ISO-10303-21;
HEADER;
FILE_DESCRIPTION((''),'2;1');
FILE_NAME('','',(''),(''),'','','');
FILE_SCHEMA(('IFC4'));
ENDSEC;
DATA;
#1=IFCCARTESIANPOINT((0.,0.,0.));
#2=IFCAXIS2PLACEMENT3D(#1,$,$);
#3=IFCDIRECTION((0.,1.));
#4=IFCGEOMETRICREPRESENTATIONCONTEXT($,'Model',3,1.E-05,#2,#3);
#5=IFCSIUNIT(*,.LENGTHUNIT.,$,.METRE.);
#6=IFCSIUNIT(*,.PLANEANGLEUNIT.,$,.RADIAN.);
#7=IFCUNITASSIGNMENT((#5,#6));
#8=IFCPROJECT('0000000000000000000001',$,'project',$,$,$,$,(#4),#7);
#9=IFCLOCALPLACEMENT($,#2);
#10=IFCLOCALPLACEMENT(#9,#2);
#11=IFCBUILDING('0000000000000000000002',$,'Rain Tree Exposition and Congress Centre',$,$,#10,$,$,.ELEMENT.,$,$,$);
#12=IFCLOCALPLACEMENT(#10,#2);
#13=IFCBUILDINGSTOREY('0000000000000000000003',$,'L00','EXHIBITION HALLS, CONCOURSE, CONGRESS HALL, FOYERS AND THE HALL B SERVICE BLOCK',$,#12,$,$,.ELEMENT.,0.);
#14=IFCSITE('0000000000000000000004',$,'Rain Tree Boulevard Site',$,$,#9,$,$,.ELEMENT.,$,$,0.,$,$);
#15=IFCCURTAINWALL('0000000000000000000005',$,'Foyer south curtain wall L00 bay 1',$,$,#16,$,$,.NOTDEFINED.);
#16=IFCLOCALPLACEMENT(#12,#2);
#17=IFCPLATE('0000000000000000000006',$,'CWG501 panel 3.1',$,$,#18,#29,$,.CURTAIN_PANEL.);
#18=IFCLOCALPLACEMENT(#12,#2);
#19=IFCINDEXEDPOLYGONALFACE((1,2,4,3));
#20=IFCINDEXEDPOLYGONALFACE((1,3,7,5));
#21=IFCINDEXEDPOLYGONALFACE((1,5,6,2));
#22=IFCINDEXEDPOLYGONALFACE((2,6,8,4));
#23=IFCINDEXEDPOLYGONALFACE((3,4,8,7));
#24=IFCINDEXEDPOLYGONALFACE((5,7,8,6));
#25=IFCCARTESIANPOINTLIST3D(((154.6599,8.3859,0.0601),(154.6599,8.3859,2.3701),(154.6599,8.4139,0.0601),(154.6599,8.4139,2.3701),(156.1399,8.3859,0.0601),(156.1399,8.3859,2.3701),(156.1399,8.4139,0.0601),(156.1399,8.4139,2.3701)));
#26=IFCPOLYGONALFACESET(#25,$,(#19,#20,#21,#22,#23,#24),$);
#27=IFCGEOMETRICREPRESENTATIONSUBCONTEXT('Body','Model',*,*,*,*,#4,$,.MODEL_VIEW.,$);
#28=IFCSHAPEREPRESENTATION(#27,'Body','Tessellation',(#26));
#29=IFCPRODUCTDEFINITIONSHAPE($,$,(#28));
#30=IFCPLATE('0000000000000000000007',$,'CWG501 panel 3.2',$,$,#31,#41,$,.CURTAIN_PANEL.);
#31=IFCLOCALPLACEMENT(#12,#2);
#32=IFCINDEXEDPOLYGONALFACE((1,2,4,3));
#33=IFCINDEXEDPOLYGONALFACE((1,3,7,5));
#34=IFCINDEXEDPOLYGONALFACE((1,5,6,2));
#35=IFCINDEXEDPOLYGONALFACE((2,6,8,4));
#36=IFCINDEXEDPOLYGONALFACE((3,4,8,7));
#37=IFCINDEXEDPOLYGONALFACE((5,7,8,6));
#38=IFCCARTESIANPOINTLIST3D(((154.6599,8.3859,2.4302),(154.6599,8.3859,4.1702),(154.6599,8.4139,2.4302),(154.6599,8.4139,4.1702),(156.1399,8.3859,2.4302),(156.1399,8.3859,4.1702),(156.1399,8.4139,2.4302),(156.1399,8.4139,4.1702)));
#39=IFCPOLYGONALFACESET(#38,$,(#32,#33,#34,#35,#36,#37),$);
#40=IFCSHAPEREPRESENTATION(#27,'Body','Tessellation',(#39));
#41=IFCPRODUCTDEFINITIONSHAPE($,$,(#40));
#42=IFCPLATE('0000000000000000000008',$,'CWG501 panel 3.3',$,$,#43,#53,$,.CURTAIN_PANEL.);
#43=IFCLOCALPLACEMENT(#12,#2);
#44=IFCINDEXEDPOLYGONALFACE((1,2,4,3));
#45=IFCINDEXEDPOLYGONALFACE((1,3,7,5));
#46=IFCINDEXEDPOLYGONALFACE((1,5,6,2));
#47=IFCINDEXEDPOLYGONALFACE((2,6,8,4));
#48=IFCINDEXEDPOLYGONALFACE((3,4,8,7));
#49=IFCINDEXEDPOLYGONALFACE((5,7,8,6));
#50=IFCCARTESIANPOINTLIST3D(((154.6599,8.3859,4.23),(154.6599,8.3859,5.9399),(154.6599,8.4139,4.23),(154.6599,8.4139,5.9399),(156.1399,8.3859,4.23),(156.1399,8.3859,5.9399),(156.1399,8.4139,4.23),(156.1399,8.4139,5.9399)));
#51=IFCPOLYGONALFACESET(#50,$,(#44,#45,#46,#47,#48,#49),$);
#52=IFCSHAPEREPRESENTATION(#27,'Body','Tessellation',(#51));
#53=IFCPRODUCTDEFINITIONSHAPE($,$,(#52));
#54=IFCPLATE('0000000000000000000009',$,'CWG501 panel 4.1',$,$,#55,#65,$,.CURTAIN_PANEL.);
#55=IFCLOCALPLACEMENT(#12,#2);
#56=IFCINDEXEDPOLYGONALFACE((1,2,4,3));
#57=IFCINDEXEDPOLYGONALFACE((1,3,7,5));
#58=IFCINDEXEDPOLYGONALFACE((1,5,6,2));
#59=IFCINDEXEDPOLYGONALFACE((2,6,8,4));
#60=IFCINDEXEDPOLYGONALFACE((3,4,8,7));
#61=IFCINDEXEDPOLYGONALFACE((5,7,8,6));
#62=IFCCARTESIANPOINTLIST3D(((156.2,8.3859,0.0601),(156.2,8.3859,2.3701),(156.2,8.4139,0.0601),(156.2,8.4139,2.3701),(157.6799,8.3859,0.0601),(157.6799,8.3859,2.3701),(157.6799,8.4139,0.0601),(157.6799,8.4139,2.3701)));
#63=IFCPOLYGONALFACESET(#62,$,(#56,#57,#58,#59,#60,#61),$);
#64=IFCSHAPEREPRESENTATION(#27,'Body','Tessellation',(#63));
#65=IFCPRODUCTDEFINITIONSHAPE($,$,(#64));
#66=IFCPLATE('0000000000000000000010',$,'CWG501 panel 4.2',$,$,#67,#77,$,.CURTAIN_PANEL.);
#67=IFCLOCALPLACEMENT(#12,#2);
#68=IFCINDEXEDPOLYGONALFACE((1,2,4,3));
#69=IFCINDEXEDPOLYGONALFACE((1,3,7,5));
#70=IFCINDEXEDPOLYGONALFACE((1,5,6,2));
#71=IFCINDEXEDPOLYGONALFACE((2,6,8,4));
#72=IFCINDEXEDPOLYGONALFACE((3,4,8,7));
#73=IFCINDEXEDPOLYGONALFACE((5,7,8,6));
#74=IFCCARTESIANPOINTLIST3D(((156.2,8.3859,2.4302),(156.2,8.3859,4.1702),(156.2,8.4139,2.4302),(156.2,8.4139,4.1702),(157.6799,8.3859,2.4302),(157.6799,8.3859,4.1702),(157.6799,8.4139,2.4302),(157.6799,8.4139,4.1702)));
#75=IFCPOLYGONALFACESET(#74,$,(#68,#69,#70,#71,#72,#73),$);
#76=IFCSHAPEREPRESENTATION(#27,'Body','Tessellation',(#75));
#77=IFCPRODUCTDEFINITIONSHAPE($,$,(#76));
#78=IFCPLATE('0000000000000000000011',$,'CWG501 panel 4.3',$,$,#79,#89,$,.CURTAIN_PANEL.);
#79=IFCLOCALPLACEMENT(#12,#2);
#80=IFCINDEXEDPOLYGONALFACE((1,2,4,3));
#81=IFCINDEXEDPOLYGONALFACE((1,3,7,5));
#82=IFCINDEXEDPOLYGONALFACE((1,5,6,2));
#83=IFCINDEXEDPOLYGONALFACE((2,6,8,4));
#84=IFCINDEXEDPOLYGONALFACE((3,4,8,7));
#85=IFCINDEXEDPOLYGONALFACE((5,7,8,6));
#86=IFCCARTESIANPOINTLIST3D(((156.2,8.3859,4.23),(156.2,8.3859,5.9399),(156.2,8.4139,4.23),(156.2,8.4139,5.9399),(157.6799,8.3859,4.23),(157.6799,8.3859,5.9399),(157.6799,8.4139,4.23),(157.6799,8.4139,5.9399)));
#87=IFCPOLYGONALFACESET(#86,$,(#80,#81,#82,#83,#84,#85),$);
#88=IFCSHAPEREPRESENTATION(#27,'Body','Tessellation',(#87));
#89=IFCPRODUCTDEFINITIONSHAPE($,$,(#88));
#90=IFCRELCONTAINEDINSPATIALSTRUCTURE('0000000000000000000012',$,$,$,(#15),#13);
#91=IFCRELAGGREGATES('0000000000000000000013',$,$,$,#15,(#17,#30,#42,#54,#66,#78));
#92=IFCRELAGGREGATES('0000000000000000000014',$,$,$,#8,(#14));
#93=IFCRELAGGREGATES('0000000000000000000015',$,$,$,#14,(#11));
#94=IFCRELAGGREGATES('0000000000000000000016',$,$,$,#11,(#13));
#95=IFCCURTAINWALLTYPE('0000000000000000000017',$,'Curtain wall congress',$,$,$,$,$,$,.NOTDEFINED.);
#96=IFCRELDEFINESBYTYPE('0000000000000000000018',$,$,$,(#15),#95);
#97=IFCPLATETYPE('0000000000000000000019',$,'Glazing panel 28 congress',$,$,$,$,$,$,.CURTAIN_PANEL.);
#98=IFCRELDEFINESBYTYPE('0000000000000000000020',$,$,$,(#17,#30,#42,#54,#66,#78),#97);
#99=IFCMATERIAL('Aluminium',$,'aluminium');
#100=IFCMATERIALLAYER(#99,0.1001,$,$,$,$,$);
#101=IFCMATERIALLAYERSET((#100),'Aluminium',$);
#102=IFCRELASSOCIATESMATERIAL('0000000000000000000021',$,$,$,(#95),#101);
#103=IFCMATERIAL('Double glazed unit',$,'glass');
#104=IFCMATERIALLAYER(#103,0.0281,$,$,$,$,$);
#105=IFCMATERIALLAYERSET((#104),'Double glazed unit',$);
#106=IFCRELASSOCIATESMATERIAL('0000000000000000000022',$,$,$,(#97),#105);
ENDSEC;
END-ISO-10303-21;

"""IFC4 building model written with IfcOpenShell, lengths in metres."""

from ifc_helpers import new_model, si_unit, direction, frame, origin, origin_2d, place, context, subcontext, project, spatial, rectangle, extrude, material, layer, layer_set, type_object, element, aggregate, save


model = new_model("IFC4")

# Units and contexts
model_context = context("Model", 3, precision=1e-05, world=origin(), true_north=direction((0.0, 1.0)))
body_context = subcontext(model_context, "Body", "Model", "MODEL_VIEW")
ifc_project = project(units=[si_unit("LENGTHUNIT", "METRE"), si_unit("PLANEANGLEUNIT", "RADIAN")], contexts=[model_context])

# Site, building, storey
site_placement = place(None, origin())
site = spatial("IfcSite", under=ifc_project, at=site_placement, Name="Rain Tree Boulevard Site", CompositionType="ELEMENT", RefElevation=0.0)
building_placement = place(site_placement, origin())
building = spatial("IfcBuilding", under=site, at=building_placement, Name="Rain Tree Exposition and Congress Centre", CompositionType="ELEMENT")
storey_placement = place(building_placement, origin())
storey = spatial("IfcBuildingStorey", under=building, at=storey_placement, Name="L00", Description="EXHIBITION HALLS, CONCOURSE, CONGRESS HALL, FOYERS AND THE HALL B SERVICE BLOCK", CompositionType="ELEMENT", Elevation=0.0)

# Curtain wall, plates
ifc_material_1 = material(Name="Aluminium", Category="aluminium")
ifc_layer_1 = layer(ifc_material_1, 0.1001)
ifc_layer_set_1 = layer_set([ifc_layer_1], Name="Aluminium")
curtain_wall_type = type_object("IfcCurtainWallType", Name="Curtain wall congress", PredefinedType="NOTDEFINED", material=ifc_layer_set_1)
curtain_wall_placement = place(storey_placement, origin())
curtain_wall = element("IfcCurtainWall", 1, at=curtain_wall_placement, inside=storey, type_object=curtain_wall_type, Name="Foyer south curtain wall L00 bay 1", PredefinedType="NOTDEFINED")
ifc_material_2 = material(Name="Double glazed unit", Category="glass")
ifc_layer_2 = layer(ifc_material_2, 0.0281)
ifc_layer_set_2 = layer_set([ifc_layer_2], Name="Double glazed unit")
plate_type = type_object("IfcPlateType", Name="Glazing panel 28 congress", PredefinedType="CURTAIN_PANEL", material=ifc_layer_set_2)
plate_1_placement = place(storey_placement, frame((155.3999, 8.3999, 0.0601), z_axis=(0.0, 0.0, 1.0), x_axis=(1.0, 0.0, 0.0)))
plate_1 = element("IfcPlate", 2, at=plate_1_placement, type_object=plate_type, Name="CWG501 panel 3.1", PredefinedType="CURTAIN_PANEL", context=body_context, shape_type="SweptSolid", body=[
    extrude(rectangle(XDim=1.48, YDim=0.0281, at=origin_2d()), origin(), (0.0, 0.0, 1.0), 2.3101),
])
plate_2_placement = place(storey_placement, frame((155.3999, 8.3999, 2.4302), z_axis=(0.0, 0.0, 1.0), x_axis=(1.0, 0.0, 0.0)))
plate_2 = element("IfcPlate", 3, at=plate_2_placement, type_object=plate_type, Name="CWG501 panel 3.2", PredefinedType="CURTAIN_PANEL", context=body_context, shape_type="SweptSolid", body=[
    extrude(rectangle(XDim=1.48, YDim=0.0281, at=origin_2d()), origin(), (0.0, 0.0, 1.0), 1.74),
])
plate_3_placement = place(storey_placement, frame((155.3999, 8.3999, 4.23), z_axis=(0.0, 0.0, 1.0), x_axis=(1.0, 0.0, 0.0)))
plate_3 = element("IfcPlate", 4, at=plate_3_placement, type_object=plate_type, Name="CWG501 panel 3.3", PredefinedType="CURTAIN_PANEL", context=body_context, shape_type="SweptSolid", body=[
    extrude(rectangle(XDim=1.48, YDim=0.0281, at=origin_2d()), origin(), (0.0, 0.0, 1.0), 1.71),
])
plate_4_placement = place(storey_placement, frame((156.9399, 8.3999, 0.0601), z_axis=(0.0, 0.0, 1.0), x_axis=(1.0, 0.0, 0.0)))
plate_4 = element("IfcPlate", 5, at=plate_4_placement, type_object=plate_type, Name="CWG501 panel 4.1", PredefinedType="CURTAIN_PANEL", context=body_context, shape_type="SweptSolid", body=[
    extrude(rectangle(XDim=1.48, YDim=0.0281, at=origin_2d()), origin(), (0.0, 0.0, 1.0), 2.3101),
])
plate_5_placement = place(storey_placement, frame((156.9399, 8.3999, 2.4302), z_axis=(0.0, 0.0, 1.0), x_axis=(1.0, 0.0, 0.0)))
plate_5 = element("IfcPlate", 6, at=plate_5_placement, type_object=plate_type, Name="CWG501 panel 4.2", PredefinedType="CURTAIN_PANEL", context=body_context, shape_type="SweptSolid", body=[
    extrude(rectangle(XDim=1.48, YDim=0.0281, at=origin_2d()), origin(), (0.0, 0.0, 1.0), 1.74),
])
plate_6_placement = place(storey_placement, frame((156.9399, 8.3999, 4.23), z_axis=(0.0, 0.0, 1.0), x_axis=(1.0, 0.0, 0.0)))
plate_6 = element("IfcPlate", 7, at=plate_6_placement, type_object=plate_type, Name="CWG501 panel 4.3", PredefinedType="CURTAIN_PANEL", context=body_context, shape_type="SweptSolid", body=[
    extrude(rectangle(XDim=1.48, YDim=0.0281, at=origin_2d()), origin(), (0.0, 0.0, 1.0), 1.71),
])
aggregate(curtain_wall, [plate_1, plate_2, plate_3, plate_4, plate_5, plate_6])

save(model, "model.ifc")
